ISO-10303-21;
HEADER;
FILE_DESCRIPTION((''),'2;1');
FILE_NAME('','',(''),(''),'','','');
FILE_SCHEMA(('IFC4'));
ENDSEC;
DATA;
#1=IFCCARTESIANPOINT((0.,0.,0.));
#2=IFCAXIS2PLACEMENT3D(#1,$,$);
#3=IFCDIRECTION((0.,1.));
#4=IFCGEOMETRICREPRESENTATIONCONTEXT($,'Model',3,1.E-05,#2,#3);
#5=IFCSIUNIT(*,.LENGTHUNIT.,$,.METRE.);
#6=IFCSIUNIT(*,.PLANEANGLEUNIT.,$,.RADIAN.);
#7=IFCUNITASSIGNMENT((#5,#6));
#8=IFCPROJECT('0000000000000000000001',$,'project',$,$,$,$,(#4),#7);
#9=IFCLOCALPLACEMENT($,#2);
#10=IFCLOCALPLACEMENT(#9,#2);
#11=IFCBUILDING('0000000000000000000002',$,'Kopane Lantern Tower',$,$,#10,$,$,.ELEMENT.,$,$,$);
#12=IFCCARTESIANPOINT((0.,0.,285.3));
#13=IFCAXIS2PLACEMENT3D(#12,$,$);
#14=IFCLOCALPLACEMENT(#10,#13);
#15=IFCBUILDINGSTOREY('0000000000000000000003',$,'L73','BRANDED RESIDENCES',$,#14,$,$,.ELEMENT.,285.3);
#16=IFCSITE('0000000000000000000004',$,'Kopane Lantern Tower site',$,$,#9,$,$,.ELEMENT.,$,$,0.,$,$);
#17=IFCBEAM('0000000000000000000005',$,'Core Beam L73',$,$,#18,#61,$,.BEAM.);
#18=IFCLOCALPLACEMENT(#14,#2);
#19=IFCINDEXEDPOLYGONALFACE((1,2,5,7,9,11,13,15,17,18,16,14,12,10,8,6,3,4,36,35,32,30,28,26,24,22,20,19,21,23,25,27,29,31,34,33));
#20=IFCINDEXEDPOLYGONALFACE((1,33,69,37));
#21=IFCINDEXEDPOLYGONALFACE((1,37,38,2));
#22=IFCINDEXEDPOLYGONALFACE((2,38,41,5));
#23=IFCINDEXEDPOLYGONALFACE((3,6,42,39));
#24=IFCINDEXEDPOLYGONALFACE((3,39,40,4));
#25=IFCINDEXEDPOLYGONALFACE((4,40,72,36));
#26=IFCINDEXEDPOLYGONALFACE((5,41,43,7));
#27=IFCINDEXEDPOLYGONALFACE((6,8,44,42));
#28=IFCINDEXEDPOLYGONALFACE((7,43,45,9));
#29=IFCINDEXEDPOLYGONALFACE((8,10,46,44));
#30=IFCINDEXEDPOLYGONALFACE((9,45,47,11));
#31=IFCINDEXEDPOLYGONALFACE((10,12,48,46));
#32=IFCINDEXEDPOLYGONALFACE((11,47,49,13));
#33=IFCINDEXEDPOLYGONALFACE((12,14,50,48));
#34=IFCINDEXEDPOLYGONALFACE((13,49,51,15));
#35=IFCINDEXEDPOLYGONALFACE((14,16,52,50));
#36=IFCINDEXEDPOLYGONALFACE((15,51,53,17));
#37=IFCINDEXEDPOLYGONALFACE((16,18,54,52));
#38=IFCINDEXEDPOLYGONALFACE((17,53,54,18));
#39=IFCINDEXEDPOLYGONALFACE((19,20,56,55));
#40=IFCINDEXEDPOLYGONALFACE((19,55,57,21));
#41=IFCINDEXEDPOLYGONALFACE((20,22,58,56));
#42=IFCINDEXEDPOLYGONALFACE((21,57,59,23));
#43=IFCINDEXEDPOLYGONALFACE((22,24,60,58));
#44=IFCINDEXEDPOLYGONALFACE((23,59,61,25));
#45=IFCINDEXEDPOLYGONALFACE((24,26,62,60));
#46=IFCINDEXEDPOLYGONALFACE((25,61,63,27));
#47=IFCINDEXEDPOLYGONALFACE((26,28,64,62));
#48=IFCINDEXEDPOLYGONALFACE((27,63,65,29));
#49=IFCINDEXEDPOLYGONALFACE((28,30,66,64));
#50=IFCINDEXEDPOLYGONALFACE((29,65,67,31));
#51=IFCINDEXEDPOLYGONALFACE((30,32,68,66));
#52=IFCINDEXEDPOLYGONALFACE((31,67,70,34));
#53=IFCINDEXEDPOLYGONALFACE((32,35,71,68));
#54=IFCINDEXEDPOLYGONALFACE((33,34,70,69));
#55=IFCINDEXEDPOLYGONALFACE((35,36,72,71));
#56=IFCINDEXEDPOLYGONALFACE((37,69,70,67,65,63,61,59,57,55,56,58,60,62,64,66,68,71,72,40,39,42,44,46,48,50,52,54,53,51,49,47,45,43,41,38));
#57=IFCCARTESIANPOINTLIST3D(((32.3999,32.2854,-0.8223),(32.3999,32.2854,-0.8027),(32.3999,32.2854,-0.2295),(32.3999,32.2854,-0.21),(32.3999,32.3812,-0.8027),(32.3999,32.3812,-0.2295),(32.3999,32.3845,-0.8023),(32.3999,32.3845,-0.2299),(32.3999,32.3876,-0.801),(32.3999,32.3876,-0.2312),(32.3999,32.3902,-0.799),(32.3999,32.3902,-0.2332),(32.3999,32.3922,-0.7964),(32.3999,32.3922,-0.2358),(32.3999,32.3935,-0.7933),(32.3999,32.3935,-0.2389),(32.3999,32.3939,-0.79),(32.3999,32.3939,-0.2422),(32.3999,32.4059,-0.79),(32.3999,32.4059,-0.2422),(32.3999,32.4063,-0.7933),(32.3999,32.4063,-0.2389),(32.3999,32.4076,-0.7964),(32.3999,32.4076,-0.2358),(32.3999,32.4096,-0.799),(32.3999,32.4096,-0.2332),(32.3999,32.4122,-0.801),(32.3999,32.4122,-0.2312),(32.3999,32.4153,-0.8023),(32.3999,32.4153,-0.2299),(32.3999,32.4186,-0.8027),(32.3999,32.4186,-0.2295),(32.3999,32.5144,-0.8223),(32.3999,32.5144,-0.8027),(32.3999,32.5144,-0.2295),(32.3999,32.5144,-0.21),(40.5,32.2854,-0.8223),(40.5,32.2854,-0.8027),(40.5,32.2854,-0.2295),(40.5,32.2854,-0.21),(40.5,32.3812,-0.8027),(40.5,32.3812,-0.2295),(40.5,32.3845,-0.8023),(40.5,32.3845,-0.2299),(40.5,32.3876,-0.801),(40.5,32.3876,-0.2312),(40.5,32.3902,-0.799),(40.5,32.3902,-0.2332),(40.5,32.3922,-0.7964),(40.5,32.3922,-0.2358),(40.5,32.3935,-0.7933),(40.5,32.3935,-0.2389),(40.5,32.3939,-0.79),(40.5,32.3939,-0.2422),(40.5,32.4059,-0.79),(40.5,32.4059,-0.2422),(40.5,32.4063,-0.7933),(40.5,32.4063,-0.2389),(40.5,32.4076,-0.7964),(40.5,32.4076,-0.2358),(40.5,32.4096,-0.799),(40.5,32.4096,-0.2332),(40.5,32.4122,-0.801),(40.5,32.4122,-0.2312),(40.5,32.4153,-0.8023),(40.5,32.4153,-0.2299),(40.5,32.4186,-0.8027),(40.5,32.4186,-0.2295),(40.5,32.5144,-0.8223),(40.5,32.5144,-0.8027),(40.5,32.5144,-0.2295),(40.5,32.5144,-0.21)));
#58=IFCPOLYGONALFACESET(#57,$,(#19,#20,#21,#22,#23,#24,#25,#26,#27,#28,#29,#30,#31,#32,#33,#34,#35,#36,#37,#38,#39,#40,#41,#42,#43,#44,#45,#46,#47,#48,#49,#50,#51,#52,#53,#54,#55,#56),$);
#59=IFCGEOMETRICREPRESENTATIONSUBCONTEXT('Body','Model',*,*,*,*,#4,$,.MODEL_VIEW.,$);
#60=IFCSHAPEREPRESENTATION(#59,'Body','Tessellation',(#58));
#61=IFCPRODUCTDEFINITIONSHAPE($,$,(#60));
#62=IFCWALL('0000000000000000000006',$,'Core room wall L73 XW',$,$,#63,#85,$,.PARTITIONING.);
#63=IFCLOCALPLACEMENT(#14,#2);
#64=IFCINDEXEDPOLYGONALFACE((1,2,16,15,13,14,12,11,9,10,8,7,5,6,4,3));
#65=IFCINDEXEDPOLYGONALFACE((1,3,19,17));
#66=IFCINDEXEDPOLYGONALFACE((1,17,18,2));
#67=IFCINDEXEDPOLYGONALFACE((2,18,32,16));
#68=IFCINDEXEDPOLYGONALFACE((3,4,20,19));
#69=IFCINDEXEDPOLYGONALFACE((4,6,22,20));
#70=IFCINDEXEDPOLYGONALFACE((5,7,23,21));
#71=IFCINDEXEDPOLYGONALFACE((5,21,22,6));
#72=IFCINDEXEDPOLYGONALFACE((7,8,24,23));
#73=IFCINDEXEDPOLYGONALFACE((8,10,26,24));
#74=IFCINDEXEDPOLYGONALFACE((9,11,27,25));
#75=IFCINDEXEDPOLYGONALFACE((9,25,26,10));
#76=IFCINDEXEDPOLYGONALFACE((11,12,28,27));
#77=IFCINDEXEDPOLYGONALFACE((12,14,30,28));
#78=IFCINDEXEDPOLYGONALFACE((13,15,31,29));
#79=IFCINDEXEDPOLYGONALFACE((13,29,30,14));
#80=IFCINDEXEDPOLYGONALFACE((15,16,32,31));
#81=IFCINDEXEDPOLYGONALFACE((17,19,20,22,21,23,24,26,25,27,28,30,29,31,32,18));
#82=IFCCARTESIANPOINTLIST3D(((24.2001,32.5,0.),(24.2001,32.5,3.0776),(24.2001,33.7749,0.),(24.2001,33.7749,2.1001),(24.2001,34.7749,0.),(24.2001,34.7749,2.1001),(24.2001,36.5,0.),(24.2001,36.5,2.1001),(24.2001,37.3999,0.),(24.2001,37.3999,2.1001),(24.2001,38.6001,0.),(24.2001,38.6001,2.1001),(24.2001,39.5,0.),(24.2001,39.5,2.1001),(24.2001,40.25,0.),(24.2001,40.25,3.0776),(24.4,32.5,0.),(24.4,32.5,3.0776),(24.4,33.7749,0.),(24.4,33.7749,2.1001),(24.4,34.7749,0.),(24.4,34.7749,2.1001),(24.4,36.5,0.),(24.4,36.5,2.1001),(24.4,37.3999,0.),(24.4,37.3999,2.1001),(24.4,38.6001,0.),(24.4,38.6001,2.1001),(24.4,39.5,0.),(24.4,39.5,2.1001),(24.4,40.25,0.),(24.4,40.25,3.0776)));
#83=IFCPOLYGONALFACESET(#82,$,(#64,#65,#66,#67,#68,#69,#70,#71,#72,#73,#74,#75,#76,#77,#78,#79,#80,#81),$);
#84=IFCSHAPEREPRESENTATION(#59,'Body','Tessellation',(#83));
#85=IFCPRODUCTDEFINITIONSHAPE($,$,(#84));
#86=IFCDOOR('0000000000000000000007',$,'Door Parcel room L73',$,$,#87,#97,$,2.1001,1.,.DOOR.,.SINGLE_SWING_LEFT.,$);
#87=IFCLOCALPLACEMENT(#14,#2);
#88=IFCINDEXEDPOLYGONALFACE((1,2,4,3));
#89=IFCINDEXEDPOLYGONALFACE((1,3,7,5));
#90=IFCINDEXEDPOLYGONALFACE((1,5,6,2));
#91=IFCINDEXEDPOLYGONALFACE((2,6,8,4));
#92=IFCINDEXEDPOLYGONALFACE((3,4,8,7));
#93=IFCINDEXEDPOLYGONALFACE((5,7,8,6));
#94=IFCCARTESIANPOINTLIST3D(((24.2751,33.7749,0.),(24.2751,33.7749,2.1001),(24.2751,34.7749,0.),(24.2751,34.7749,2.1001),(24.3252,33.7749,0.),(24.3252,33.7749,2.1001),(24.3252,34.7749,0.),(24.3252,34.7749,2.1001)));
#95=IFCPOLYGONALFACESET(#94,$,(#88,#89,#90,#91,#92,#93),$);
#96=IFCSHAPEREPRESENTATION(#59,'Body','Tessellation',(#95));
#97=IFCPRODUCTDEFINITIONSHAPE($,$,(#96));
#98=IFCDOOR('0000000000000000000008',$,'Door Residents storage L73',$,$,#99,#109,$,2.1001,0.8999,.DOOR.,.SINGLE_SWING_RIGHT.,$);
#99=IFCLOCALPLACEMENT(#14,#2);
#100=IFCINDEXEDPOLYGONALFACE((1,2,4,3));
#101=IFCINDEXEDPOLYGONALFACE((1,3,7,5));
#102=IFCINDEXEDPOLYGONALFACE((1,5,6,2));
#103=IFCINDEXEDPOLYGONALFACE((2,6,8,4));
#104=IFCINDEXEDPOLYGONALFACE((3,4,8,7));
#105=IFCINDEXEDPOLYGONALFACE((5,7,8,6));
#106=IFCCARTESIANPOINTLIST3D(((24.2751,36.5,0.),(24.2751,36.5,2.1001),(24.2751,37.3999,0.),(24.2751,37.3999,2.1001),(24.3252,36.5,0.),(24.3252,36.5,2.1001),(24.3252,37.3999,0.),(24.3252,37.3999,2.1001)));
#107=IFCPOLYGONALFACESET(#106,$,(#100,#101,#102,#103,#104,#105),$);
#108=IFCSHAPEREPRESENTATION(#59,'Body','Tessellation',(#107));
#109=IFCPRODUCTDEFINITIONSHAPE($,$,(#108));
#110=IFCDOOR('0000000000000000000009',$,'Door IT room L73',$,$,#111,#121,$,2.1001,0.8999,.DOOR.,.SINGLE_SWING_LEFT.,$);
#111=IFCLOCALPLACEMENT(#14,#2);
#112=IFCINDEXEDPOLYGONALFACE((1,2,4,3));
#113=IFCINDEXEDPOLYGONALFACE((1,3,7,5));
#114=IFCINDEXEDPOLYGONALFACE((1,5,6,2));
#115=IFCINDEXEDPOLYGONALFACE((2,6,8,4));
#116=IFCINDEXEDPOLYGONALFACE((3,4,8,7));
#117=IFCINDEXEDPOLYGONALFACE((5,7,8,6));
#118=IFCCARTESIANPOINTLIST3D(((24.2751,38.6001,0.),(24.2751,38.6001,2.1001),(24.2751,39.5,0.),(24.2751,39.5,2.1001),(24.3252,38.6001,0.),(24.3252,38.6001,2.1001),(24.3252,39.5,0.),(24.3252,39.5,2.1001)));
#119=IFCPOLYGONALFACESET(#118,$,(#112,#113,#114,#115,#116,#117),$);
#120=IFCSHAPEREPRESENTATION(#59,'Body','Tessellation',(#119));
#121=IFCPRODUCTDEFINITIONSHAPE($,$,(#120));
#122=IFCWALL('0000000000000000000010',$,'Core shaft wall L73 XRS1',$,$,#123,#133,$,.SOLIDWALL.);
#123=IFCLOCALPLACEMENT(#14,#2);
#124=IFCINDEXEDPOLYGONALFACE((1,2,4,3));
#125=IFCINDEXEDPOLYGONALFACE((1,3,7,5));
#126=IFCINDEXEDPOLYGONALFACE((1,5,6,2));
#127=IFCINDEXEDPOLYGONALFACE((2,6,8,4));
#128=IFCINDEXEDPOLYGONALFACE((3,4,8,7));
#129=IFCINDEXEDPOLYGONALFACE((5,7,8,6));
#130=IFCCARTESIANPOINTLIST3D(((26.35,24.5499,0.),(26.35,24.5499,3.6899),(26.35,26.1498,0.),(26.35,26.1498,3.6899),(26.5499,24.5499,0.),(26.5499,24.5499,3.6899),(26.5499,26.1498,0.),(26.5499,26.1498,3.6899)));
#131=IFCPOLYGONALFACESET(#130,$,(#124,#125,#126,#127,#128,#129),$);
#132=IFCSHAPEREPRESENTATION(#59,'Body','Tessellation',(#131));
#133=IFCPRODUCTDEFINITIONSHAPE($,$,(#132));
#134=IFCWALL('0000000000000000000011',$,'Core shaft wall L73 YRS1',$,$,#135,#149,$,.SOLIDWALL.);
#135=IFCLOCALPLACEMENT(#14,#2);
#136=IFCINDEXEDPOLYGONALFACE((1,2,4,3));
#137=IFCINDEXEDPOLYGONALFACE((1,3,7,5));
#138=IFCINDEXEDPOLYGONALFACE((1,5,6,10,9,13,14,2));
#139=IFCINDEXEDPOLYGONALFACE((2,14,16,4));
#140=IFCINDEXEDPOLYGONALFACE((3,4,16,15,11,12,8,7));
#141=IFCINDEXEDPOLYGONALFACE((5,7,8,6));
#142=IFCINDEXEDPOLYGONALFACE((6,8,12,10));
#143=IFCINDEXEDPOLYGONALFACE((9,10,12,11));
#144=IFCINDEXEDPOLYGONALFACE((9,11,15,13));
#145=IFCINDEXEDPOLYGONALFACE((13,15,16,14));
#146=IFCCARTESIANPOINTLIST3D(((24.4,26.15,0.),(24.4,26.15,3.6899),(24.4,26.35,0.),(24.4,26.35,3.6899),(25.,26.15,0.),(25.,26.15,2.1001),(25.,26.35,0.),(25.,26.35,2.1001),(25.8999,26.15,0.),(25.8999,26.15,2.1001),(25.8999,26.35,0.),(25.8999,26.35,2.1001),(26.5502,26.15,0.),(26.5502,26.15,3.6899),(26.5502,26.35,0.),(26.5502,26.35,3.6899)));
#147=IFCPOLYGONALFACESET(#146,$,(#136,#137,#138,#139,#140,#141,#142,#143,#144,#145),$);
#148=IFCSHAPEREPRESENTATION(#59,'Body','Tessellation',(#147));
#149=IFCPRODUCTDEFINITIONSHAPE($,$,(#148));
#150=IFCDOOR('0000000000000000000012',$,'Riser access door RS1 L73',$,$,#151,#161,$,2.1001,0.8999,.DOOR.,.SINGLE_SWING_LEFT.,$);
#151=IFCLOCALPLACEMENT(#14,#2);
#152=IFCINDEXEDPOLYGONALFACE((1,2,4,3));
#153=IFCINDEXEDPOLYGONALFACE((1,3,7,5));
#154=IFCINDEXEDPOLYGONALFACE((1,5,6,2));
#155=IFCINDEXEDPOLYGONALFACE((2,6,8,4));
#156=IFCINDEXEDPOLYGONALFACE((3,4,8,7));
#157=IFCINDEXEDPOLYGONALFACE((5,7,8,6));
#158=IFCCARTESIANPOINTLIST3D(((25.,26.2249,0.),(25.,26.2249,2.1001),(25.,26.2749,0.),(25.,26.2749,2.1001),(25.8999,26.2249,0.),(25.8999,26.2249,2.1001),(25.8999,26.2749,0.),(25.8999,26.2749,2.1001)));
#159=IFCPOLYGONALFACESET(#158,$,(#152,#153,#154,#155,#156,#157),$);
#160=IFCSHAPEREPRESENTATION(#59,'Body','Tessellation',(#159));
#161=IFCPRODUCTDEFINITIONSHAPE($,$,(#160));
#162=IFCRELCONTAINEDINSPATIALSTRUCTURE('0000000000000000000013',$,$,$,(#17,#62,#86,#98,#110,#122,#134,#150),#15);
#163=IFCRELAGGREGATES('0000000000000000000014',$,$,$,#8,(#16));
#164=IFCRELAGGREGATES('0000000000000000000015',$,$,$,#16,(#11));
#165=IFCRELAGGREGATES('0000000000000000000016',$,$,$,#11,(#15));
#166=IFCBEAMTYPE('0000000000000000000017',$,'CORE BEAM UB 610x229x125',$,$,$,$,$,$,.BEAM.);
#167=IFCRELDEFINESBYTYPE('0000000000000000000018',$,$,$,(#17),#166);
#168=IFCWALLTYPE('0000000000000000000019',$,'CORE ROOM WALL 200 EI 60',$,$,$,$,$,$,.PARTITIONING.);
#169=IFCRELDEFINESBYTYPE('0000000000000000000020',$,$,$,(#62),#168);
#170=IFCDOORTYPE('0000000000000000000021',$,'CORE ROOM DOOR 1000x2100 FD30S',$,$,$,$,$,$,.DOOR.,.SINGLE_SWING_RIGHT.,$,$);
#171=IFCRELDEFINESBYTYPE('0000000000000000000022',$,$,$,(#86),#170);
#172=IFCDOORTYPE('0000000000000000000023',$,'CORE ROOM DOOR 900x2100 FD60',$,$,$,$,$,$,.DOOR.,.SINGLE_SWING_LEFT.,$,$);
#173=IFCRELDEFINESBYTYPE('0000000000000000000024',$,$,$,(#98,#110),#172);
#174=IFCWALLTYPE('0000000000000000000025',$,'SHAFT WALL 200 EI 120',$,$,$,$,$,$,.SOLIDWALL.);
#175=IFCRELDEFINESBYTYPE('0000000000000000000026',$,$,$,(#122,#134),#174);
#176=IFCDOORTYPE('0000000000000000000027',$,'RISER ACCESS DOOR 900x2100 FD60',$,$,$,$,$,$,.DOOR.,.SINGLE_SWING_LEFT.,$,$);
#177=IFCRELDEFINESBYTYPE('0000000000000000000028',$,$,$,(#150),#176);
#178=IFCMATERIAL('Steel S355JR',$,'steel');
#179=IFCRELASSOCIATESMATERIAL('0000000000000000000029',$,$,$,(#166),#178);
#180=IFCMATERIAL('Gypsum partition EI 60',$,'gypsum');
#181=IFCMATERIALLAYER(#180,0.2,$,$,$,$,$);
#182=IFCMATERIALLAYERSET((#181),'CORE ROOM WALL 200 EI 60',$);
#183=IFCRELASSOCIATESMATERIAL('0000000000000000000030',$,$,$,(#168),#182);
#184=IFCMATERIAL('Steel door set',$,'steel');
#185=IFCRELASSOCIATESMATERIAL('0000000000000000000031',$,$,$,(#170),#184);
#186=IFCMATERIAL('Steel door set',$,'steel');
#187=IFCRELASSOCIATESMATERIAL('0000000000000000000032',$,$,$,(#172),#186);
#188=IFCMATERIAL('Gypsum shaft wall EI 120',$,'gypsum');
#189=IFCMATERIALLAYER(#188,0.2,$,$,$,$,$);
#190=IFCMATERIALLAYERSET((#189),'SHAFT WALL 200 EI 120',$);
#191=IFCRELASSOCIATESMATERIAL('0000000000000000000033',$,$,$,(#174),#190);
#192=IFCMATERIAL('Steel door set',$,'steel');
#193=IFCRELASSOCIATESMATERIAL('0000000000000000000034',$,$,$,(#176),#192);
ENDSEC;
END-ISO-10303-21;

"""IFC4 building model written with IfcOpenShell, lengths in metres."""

from ifc_helpers import new_model, si_unit, direction, frame, frame_2d, origin, origin_2d, place, context, subcontext, project, spatial, rectangle, i_section, extrude, material, layer, layer_set, material_profile, profile_set, type_object, element, fill, save


model = new_model("IFC4")

# Units and contexts
model_context = context("Model", 3, precision=1e-05, world=origin(), true_north=direction((0.0, 1.0)))
body_context = subcontext(model_context, "Body", "Model", "MODEL_VIEW")
ifc_project = project(units=[si_unit("LENGTHUNIT", "METRE"), si_unit("PLANEANGLEUNIT", "RADIAN")], contexts=[model_context])

# Site, building, storey
site_placement = place(None, origin())
site = spatial("IfcSite", under=ifc_project, at=site_placement, Name="Kopane Lantern Tower site", CompositionType="ELEMENT", RefElevation=0.0)
building_placement = place(site_placement, origin())
building = spatial("IfcBuilding", under=site, at=building_placement, Name="Kopane Lantern Tower", CompositionType="ELEMENT")
storey_placement = place(building_placement, frame((0.0, 0.0, 285.3)))
storey = spatial("IfcBuildingStorey", under=building, at=storey_placement, Name="L73", Description="BRANDED RESIDENCES", CompositionType="ELEMENT", Elevation=285.3)

# Beam
ifc_material_1 = material(Name="Steel S355JR", Category="steel")
ifc_material_profile_1 = material_profile(ifc_material_1, i_section(OverallWidth=0.229, OverallDepth=0.6123, WebThickness=0.012, FlangeThickness=0.0195, FilletRadius=0.0127, at=origin_2d()), Name="UB 610x229x125")
ifc_profile_set_1 = profile_set([ifc_material_profile_1], Name="Steel S355JR")
beam_type = type_object("IfcBeamType", Name="CORE BEAM UB 610x229x125", PredefinedType="BEAM", material=ifc_profile_set_1)
for number, where, z_axis, x_axis, name in (
    (1, (32.3999, 32.3999, -0.5161), (1.0, 0.0, 0.0), (0.0, 1.0, 0.0), "Core Beam L73"),
):
    element("IfcBeam", number, at=place(storey_placement, frame(where, z_axis=z_axis, x_axis=x_axis)), inside=storey, type_object=beam_type, Name=name, PredefinedType="BEAM", context=body_context, shape_type="SweptSolid", body=[
        extrude(i_section(OverallWidth=0.229, OverallDepth=0.6123, WebThickness=0.012, FlangeThickness=0.0195, FilletRadius=0.0127, at=origin_2d()), origin(), (0.0, 0.0, 1.0), 8.1001),
    ])

# Wall, openings, doors
ifc_material_2 = material(Name="Gypsum partition EI 60", Category="gypsum")
ifc_layer_1 = layer(ifc_material_2, 0.2)
ifc_layer_set_1 = layer_set([ifc_layer_1], Name="CORE ROOM WALL 200 EI 60")
wall_type_1 = type_object("IfcWallType", Name="CORE ROOM WALL 200 EI 60", PredefinedType="PARTITIONING", material=ifc_layer_set_1)
wall_1_placement = place(storey_placement, frame((24.3, 32.5, 0.0), z_axis=(0.0, 0.0, 1.0), x_axis=(0.0, 1.0, 0.0)))
wall_1 = element("IfcWall", 2, at=wall_1_placement, inside=storey, type_object=wall_type_1, Name="Core room wall L73 XW", PredefinedType="PARTITIONING", context=body_context, shape_type="SweptSolid", body=[
    extrude(rectangle(XDim=7.75, YDim=0.2, at=frame_2d((3.875, 0.0))), origin(), (0.0, 0.0, 1.0), 3.0776),
])
opening_1_placement = place(wall_1_placement, frame((1.2749, 0.0, 0.0)))
opening_1 = element("IfcOpeningElement", 3, at=opening_1_placement, cuts=wall_1, PredefinedType="OPENING", context=body_context, shape_type="SweptSolid", body=[
    extrude(rectangle(XDim=1.0, YDim=2.1001, at=frame_2d((0.5, 1.05))), frame((0.0, 0.1099, 0.0), z_axis=(0.0, -1.0, 0.0), x_axis=(1.0, 0.0, 0.0)), (0.0, 0.0, 1.0), 0.22),
])
opening_2_placement = place(wall_1_placement, frame((4.0, 0.0, 0.0)))
opening_2 = element("IfcOpeningElement", 4, at=opening_2_placement, cuts=wall_1, PredefinedType="OPENING", context=body_context, shape_type="SweptSolid", body=[
    extrude(rectangle(XDim=0.8999, YDim=2.1001, at=frame_2d((0.45, 1.05))), frame((0.0, 0.1099, 0.0), z_axis=(0.0, -1.0, 0.0), x_axis=(1.0, 0.0, 0.0)), (0.0, 0.0, 1.0), 0.22),
])
opening_3_placement = place(wall_1_placement, frame((6.1001, 0.0, 0.0)))
opening_3 = element("IfcOpeningElement", 5, at=opening_3_placement, cuts=wall_1, PredefinedType="OPENING", context=body_context, shape_type="SweptSolid", body=[
    extrude(rectangle(XDim=0.8999, YDim=2.1001, at=frame_2d((0.45, 1.05))), frame((0.0, 0.1099, 0.0), z_axis=(0.0, -1.0, 0.0), x_axis=(1.0, 0.0, 0.0)), (0.0, 0.0, 1.0), 0.22),
])
ifc_material_3 = material(Name="Steel door set", Category="steel")
door_type_1 = type_object("IfcDoorType", Name="CORE ROOM DOOR 1000x2100 FD30S", OperationType="SINGLE_SWING_RIGHT", PredefinedType="DOOR", material=ifc_material_3)
door_1_placement = place(opening_1_placement, origin())
door_1 = element("IfcDoor", 6, at=door_1_placement, inside=storey, type_object=door_type_1, Name="Door Parcel room L73", OperationType="SINGLE_SWING_LEFT", OverallHeight=2.1001, OverallWidth=1.0, PredefinedType="DOOR", context=body_context, shape_type="SweptSolid", body=[
    extrude(rectangle(XDim=1.0, YDim=2.1001, at=frame_2d((0.5, 1.05))), frame((0.0, 0.0249, 0.0), z_axis=(0.0, -1.0, 0.0), x_axis=(1.0, 0.0, 0.0)), (0.0, 0.0, 1.0), 0.05),
])
fill(opening_1, door_1)
ifc_material_4 = material(Name="Steel door set", Category="steel")
door_type_2 = type_object("IfcDoorType", Name="CORE ROOM DOOR 900x2100 FD60", OperationType="SINGLE_SWING_LEFT", PredefinedType="DOOR", material=ifc_material_4)
door_2_placement = place(opening_2_placement, origin())
door_2 = element("IfcDoor", 7, at=door_2_placement, inside=storey, type_object=door_type_2, Name="Door Residents storage L73", OperationType="SINGLE_SWING_RIGHT", OverallHeight=2.1001, OverallWidth=0.8999, PredefinedType="DOOR", context=body_context, shape_type="SweptSolid", body=[
    extrude(rectangle(XDim=0.8999, YDim=2.1001, at=frame_2d((0.45, 1.05))), frame((0.0, 0.0249, 0.0), z_axis=(0.0, -1.0, 0.0), x_axis=(1.0, 0.0, 0.0)), (0.0, 0.0, 1.0), 0.05),
])
fill(opening_2, door_2)
door_3_placement = place(opening_3_placement, origin())
door_3 = element("IfcDoor", 8, at=door_3_placement, inside=storey, type_object=door_type_2, Name="Door IT room L73", OperationType="SINGLE_SWING_LEFT", OverallHeight=2.1001, OverallWidth=0.8999, PredefinedType="DOOR", context=body_context, shape_type="SweptSolid", body=[
    extrude(rectangle(XDim=0.8999, YDim=2.1001, at=frame_2d((0.45, 1.05))), frame((0.0, 0.0249, 0.0), z_axis=(0.0, -1.0, 0.0), x_axis=(1.0, 0.0, 0.0)), (0.0, 0.0, 1.0), 0.05),
])
fill(opening_3, door_3)

# Wall
ifc_material_5 = material(Name="Gypsum shaft wall EI 120", Category="gypsum")
ifc_layer_2 = layer(ifc_material_5, 0.2)
ifc_layer_set_2 = layer_set([ifc_layer_2], Name="SHAFT WALL 200 EI 120")
wall_type_2 = type_object("IfcWallType", Name="SHAFT WALL 200 EI 120", PredefinedType="SOLIDWALL", material=ifc_layer_set_2)
wall_2_placement = place(storey_placement, frame((26.45, 24.55, 0.0), z_axis=(0.0, 0.0, 1.0), x_axis=(0.0, 1.0, 0.0)))
element("IfcWall", 9, at=wall_2_placement, inside=storey, type_object=wall_type_2, Name="Core shaft wall L73 XRS1", PredefinedType="SOLIDWALL", context=body_context, shape_type="SweptSolid", body=[
    extrude(rectangle(XDim=1.5999, YDim=0.2, at=frame_2d((0.7998, 0.0))), origin(), (0.0, 0.0, 1.0), 3.6899),
])

# Wall, opening, door
wall_3_placement = place(storey_placement, frame((24.3999, 26.25, 0.0), z_axis=(0.0, 0.0, 1.0), x_axis=(1.0, 0.0, 0.0)))
wall_3 = element("IfcWall", 10, at=wall_3_placement, inside=storey, type_object=wall_type_2, Name="Core shaft wall L73 YRS1", PredefinedType="SOLIDWALL", context=body_context, shape_type="SweptSolid", body=[
    extrude(rectangle(XDim=2.1501, YDim=0.2, at=frame_2d((1.0752, 0.0))), origin(), (0.0, 0.0, 1.0), 3.6899),
])
opening_4_placement = place(wall_3_placement, frame((0.6001, 0.0, 0.0)))
opening_4 = element("IfcOpeningElement", 11, at=opening_4_placement, cuts=wall_3, PredefinedType="OPENING", context=body_context, shape_type="SweptSolid", body=[
    extrude(rectangle(XDim=0.8999, YDim=2.1001, at=frame_2d((0.45, 1.05))), frame((0.0, 0.1099, 0.0), z_axis=(0.0, -1.0, 0.0), x_axis=(1.0, 0.0, 0.0)), (0.0, 0.0, 1.0), 0.22),
])
ifc_material_6 = material(Name="Steel door set", Category="steel")
door_type_3 = type_object("IfcDoorType", Name="RISER ACCESS DOOR 900x2100 FD60", OperationType="SINGLE_SWING_LEFT", PredefinedType="DOOR", material=ifc_material_6)
door_4_placement = place(opening_4_placement, origin())
door_4 = element("IfcDoor", 12, at=door_4_placement, inside=storey, type_object=door_type_3, Name="Riser access door RS1 L73", OperationType="SINGLE_SWING_LEFT", OverallHeight=2.1001, OverallWidth=0.8999, PredefinedType="DOOR", context=body_context, shape_type="SweptSolid", body=[
    extrude(rectangle(XDim=0.8999, YDim=2.1001, at=frame_2d((0.45, 1.05))), frame((0.0, 0.0249, 0.0), z_axis=(0.0, -1.0, 0.0), x_axis=(1.0, 0.0, 0.0)), (0.0, 0.0, 1.0), 0.05),
])
fill(opening_4, door_4)

save(model, "model.ifc")
